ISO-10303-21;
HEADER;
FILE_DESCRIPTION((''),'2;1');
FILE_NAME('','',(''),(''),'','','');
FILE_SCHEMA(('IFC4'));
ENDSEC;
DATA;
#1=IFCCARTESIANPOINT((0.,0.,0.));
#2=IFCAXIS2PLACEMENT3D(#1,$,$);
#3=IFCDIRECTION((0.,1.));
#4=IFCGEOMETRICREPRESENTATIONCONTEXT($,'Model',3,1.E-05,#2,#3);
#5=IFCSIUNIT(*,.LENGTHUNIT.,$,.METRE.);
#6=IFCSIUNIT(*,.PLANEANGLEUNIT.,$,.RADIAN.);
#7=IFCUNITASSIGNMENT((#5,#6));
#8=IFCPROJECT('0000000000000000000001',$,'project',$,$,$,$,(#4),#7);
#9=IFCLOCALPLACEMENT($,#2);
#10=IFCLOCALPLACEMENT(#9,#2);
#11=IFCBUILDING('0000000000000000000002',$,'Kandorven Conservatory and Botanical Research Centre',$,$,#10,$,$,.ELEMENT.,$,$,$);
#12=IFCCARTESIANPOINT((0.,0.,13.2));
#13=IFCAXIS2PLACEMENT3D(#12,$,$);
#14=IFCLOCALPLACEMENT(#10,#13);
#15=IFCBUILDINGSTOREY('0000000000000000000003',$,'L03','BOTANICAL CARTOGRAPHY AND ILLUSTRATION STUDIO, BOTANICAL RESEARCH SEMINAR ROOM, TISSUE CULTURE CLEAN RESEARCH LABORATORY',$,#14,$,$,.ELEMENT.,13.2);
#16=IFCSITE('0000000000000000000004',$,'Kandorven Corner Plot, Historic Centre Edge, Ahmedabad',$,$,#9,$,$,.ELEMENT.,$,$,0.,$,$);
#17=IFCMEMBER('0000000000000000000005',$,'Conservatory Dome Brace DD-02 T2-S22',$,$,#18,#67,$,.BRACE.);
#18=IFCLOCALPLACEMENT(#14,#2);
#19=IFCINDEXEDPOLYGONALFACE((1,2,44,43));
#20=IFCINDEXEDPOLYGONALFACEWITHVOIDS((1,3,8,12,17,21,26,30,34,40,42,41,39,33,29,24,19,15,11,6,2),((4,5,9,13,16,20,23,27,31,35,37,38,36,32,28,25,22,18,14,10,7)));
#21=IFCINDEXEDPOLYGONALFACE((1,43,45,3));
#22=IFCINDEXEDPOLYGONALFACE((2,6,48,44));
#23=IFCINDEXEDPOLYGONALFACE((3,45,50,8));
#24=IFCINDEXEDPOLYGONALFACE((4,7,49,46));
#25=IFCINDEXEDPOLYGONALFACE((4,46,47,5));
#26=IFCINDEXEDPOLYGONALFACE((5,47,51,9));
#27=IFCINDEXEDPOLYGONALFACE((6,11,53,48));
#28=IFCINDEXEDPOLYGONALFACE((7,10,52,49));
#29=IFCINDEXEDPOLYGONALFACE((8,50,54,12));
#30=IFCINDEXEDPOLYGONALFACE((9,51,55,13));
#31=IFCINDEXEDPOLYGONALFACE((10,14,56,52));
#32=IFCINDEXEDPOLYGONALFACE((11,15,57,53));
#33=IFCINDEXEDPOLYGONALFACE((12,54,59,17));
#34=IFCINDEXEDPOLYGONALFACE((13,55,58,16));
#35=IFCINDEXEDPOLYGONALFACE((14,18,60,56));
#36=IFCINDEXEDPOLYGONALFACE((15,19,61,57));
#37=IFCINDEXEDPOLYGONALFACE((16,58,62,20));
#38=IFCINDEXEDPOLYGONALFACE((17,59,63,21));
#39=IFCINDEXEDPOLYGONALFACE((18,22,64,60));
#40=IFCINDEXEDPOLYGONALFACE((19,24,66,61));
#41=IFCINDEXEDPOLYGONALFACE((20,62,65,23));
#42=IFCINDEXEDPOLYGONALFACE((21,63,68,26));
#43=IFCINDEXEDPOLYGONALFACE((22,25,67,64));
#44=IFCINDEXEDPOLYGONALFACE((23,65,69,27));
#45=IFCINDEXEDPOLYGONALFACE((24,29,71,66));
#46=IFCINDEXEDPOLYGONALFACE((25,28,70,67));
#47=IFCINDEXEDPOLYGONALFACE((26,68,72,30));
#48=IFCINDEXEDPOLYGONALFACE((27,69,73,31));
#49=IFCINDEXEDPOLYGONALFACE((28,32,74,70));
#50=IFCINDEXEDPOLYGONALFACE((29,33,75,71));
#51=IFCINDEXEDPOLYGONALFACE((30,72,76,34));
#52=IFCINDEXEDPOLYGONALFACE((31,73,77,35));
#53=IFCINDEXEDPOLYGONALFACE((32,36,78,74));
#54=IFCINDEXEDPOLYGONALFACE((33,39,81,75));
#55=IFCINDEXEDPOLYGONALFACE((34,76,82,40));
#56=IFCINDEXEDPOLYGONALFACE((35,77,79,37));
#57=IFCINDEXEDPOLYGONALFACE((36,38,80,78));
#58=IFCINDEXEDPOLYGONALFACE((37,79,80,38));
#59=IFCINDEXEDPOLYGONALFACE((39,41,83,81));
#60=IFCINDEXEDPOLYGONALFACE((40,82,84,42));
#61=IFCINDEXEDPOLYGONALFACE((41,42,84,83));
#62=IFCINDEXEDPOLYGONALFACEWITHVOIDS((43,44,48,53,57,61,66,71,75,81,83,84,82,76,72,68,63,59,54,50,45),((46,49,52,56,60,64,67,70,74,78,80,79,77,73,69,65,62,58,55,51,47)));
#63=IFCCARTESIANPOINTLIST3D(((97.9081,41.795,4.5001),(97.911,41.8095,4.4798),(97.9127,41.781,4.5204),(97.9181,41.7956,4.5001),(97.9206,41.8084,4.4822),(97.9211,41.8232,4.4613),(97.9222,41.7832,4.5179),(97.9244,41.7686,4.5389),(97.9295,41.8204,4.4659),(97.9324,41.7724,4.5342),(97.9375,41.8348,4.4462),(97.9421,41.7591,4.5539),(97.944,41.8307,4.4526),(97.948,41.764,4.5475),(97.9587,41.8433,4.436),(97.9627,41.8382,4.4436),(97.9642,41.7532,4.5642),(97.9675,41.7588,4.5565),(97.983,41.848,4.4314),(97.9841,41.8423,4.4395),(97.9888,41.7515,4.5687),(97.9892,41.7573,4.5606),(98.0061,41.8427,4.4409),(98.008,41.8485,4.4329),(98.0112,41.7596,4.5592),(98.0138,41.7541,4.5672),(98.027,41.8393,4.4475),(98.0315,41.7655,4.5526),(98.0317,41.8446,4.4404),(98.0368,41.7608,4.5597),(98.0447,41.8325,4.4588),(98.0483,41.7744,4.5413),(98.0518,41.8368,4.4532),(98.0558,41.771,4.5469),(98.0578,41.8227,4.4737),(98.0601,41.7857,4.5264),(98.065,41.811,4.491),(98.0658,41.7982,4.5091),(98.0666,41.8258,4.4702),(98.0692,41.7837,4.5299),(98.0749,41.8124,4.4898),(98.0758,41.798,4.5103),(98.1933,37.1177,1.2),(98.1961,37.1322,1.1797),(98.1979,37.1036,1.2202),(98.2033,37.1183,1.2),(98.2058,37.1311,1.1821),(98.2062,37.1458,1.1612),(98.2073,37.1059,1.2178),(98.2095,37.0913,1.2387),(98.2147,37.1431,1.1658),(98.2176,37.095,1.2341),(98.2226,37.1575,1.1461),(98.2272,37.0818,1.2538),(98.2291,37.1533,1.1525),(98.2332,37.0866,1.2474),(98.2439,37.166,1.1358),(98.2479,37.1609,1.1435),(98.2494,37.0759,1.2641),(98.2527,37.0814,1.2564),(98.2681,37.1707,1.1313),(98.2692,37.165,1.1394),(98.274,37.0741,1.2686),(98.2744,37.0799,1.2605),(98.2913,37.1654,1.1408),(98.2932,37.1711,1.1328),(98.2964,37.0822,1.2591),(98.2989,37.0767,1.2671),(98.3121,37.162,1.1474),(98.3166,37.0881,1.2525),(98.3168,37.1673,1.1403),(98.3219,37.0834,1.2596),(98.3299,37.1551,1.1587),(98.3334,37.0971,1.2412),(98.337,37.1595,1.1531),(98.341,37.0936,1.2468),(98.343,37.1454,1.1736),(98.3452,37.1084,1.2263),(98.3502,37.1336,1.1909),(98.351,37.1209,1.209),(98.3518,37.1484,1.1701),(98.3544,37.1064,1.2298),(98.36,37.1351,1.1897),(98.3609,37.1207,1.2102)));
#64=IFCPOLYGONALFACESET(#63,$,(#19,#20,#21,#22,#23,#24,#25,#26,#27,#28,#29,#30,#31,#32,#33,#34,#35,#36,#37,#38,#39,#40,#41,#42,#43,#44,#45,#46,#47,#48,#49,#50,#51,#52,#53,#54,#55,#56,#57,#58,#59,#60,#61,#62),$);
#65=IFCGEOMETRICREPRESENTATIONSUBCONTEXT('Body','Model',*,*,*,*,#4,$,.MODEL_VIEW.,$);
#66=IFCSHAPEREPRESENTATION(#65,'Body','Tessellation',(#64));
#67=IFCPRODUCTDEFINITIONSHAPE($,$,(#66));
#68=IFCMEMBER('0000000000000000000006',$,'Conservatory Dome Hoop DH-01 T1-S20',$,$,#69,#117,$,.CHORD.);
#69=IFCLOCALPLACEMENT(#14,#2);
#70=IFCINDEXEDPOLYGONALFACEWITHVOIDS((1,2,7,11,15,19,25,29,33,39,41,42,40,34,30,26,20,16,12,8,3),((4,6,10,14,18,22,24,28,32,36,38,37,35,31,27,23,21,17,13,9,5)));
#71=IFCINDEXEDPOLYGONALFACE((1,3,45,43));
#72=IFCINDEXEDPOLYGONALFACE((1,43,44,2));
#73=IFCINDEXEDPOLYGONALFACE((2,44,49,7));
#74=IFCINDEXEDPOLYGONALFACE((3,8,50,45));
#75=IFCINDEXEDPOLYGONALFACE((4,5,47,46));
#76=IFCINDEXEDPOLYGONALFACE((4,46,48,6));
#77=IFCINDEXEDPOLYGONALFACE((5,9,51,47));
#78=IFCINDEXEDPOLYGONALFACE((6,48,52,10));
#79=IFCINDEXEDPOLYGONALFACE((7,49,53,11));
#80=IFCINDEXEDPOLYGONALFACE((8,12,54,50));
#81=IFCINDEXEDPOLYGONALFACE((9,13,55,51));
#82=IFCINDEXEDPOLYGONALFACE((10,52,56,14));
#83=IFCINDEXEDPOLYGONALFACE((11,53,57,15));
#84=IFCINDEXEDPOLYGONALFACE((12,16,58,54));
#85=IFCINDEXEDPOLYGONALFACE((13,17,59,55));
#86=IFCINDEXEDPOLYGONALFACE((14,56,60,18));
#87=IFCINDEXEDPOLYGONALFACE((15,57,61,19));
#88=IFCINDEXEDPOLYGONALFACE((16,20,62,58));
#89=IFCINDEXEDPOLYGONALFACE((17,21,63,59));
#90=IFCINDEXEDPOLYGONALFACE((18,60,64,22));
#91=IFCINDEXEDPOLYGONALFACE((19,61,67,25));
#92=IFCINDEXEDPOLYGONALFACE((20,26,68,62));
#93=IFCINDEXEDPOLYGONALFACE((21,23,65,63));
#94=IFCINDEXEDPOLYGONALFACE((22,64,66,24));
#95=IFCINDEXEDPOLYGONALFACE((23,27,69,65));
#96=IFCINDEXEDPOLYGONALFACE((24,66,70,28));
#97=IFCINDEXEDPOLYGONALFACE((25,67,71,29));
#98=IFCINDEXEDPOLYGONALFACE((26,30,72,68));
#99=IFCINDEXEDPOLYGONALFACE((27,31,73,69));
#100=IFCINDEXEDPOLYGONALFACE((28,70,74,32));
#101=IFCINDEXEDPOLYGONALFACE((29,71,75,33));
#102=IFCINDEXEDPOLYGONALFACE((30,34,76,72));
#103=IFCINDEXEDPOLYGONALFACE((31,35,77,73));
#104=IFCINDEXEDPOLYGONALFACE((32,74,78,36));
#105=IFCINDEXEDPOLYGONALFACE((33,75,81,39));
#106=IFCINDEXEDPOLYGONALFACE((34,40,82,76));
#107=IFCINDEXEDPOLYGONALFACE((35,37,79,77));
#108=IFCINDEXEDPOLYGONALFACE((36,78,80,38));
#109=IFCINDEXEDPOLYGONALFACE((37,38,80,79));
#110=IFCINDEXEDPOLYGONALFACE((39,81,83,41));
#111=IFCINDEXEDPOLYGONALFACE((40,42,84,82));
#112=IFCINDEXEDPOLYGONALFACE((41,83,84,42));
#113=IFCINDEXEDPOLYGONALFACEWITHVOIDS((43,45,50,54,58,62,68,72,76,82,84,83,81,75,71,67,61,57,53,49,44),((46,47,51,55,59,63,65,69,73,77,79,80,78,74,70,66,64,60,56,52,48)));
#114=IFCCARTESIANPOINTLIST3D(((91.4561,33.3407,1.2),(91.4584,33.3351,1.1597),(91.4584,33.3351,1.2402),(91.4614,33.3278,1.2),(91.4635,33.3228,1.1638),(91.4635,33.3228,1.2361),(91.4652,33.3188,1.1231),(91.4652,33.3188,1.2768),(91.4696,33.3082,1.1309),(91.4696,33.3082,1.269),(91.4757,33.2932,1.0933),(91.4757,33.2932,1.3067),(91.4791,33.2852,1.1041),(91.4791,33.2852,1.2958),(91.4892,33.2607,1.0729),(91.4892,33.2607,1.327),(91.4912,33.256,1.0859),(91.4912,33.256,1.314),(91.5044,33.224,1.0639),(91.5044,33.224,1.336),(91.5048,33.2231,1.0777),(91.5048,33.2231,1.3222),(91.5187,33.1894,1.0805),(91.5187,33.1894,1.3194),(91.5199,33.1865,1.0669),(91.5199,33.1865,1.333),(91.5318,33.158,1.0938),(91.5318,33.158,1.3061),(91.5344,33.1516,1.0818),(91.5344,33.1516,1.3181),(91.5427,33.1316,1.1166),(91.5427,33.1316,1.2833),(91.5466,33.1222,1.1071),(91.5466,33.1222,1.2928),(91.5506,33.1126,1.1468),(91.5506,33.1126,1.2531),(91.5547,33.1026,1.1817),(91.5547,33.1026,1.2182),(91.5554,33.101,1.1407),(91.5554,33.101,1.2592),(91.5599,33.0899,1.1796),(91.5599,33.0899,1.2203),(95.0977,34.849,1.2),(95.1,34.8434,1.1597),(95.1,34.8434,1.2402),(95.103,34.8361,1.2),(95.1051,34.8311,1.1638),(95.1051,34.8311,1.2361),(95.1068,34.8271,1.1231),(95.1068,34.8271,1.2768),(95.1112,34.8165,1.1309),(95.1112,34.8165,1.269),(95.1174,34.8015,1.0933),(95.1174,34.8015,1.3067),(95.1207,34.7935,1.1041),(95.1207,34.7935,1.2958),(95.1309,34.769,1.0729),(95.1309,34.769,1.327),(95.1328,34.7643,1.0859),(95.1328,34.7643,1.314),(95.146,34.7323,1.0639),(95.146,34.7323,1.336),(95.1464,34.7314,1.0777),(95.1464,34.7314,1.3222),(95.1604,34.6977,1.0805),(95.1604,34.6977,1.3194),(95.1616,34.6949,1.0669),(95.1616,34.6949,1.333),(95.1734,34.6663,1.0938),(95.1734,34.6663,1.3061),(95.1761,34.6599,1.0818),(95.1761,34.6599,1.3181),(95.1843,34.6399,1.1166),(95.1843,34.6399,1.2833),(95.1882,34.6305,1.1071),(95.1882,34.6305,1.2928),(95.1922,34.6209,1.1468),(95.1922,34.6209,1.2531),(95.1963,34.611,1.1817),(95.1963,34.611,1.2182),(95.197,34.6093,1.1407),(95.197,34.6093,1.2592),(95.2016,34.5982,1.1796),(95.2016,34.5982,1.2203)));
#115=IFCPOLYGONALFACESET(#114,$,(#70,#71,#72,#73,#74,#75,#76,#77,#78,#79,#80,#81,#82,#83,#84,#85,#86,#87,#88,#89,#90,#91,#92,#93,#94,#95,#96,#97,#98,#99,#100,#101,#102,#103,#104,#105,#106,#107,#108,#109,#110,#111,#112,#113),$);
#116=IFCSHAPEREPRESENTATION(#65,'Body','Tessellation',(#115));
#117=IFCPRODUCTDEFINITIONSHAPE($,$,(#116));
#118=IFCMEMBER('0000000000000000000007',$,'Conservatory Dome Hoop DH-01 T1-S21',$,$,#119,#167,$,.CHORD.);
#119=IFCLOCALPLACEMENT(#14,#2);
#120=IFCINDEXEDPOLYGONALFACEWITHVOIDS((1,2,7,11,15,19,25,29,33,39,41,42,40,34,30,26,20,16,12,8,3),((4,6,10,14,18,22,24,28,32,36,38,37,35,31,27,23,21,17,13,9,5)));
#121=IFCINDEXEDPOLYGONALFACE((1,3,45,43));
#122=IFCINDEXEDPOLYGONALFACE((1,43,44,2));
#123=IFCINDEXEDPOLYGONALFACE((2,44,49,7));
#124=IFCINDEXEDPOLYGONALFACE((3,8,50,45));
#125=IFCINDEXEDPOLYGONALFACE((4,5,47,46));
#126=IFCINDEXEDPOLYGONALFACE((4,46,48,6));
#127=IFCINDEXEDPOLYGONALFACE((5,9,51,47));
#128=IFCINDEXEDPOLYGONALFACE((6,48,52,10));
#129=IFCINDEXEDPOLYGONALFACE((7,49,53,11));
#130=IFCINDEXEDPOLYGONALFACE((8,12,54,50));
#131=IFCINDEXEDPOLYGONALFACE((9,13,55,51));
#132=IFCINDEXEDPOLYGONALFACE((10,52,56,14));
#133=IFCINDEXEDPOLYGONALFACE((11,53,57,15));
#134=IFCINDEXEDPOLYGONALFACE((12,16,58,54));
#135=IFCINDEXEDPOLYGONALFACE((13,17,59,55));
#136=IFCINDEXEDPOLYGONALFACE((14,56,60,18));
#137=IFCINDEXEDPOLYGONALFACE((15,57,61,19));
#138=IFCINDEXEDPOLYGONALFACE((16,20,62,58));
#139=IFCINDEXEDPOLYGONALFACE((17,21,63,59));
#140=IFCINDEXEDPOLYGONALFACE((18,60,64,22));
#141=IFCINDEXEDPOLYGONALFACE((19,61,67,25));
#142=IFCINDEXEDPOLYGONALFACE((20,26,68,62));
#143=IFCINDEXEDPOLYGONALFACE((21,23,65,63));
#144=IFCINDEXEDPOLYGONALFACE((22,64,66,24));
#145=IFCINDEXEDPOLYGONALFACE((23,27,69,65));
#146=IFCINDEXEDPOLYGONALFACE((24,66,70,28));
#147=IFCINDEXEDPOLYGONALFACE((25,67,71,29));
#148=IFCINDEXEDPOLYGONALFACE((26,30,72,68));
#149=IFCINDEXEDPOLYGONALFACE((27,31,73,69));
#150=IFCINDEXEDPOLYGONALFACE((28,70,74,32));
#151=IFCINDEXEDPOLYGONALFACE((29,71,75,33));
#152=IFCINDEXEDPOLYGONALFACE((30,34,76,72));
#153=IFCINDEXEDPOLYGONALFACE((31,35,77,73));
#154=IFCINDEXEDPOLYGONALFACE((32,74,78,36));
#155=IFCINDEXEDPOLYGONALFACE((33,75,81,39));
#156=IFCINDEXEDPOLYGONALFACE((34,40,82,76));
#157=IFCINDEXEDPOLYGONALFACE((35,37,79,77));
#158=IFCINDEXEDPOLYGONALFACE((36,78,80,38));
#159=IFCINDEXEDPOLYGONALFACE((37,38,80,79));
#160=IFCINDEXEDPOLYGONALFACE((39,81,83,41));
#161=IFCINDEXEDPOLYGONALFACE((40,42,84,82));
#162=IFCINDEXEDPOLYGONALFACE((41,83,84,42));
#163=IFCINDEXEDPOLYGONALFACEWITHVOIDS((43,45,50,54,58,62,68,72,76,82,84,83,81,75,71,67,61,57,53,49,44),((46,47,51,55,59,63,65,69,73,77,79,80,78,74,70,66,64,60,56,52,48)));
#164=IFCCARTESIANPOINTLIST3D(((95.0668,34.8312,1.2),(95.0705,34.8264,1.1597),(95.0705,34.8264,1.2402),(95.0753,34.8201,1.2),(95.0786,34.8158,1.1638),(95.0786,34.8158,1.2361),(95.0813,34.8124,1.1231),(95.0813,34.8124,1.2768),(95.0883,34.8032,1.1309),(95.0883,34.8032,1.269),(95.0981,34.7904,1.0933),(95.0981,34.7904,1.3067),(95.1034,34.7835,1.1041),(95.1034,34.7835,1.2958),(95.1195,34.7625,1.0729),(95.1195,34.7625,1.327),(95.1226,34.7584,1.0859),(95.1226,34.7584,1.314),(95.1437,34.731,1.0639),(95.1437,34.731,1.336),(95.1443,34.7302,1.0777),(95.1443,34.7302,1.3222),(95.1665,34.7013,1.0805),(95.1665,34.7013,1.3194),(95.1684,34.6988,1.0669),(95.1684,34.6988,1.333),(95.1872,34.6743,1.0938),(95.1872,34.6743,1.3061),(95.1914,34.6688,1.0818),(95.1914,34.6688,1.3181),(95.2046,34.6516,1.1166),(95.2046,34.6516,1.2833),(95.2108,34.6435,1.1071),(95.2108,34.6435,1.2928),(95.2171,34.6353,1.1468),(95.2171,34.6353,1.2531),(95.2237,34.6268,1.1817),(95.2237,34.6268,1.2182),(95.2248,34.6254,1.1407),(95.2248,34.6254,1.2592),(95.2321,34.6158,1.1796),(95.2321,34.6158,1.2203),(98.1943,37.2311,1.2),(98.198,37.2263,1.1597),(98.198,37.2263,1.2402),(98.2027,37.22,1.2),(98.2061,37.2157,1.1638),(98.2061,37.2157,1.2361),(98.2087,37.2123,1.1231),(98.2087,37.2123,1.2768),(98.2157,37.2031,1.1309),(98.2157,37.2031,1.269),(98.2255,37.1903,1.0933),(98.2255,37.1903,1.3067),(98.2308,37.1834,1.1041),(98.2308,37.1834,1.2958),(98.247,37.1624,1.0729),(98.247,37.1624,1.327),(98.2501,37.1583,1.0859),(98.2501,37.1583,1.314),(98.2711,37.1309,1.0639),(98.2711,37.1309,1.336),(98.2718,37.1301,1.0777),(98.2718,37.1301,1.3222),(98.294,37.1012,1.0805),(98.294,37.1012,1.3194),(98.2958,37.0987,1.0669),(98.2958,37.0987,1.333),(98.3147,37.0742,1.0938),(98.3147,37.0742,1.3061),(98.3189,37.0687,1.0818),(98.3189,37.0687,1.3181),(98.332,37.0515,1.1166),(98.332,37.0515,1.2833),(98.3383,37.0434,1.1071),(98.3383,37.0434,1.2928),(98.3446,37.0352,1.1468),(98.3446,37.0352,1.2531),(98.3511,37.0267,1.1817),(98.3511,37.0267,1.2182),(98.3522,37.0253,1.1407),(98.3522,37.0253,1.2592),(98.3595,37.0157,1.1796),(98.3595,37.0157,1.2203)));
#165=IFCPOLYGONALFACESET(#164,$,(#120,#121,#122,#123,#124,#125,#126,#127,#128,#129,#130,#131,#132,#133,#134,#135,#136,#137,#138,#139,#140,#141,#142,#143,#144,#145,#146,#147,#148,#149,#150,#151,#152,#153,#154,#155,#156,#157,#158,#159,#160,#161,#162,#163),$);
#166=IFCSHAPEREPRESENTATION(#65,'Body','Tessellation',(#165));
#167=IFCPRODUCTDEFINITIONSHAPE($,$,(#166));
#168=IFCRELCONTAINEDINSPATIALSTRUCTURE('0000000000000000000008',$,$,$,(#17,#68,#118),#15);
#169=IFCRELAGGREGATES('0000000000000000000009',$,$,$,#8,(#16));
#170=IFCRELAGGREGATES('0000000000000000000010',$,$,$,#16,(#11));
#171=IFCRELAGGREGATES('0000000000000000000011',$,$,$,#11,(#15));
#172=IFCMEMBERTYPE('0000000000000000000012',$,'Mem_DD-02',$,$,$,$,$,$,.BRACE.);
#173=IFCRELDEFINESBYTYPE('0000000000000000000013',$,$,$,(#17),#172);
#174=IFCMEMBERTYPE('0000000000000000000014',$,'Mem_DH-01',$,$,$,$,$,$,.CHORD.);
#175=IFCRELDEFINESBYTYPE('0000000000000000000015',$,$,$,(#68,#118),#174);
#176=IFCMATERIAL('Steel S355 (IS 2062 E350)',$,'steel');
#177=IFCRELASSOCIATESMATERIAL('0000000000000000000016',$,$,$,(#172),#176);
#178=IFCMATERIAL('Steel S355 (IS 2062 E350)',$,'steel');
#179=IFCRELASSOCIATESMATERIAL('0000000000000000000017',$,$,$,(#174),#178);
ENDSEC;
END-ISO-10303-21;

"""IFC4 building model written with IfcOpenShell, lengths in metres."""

from ifc_helpers import new_model, si_unit, direction, frame, origin, origin_2d, place, context, subcontext, project, spatial, hollow_circle, extrude, material, material_profile, profile_set, type_object, element, save


model = new_model("IFC4")

# Units and contexts
model_context = context("Model", 3, precision=1e-05, world=origin(), true_north=direction((0.0, 1.0)))
body_context = subcontext(model_context, "Body", "Model", "MODEL_VIEW")
ifc_project = project(units=[si_unit("LENGTHUNIT", "METRE"), si_unit("PLANEANGLEUNIT", "RADIAN")], contexts=[model_context])

# Site, building, storey
site_placement = place(None, origin())
site = spatial("IfcSite", under=ifc_project, at=site_placement, Name="Kandorven Corner Plot, Historic Centre Edge, Ahmedabad", CompositionType="ELEMENT", RefElevation=0.0)
building_placement = place(site_placement, origin())
building = spatial("IfcBuilding", under=site, at=building_placement, Name="Kandorven Conservatory and Botanical Research Centre", CompositionType="ELEMENT")
storey_placement = place(building_placement, frame((0.0, 0.0, 13.2)))
storey = spatial("IfcBuildingStorey", under=building, at=storey_placement, Name="L03", Description="BOTANICAL CARTOGRAPHY AND ILLUSTRATION STUDIO, BOTANICAL RESEARCH SEMINAR ROOM, TISSUE CULTURE CLEAN RESEARCH LABORATORY", CompositionType="ELEMENT", Elevation=13.2)

# Members
ifc_material_1 = material(Name="Steel S355 (IS 2062 E350)", Category="steel")
ifc_material_profile_1 = material_profile(ifc_material_1, hollow_circle(Radius=0.0842, WallThickness=0.01, at=origin_2d()))
ifc_profile_set_1 = profile_set([ifc_material_profile_1], Name="Steel S355 (IS 2062 E350)")
member_type_1 = type_object("IfcMemberType", Name="Mem_DD-02", PredefinedType="BRACE", material=ifc_profile_set_1)
for number, where, z_axis, x_axis, name in (
    (1, (98.2773, 37.1228, 1.2), (-0.049754, 0.816082, 0.57579), (-0.998147, -0.060854, 0.0), "Conservatory Dome Brace DD-02 T2-S22"),
):
    element("IfcMember", number, at=place(storey_placement, frame(where, z_axis=z_axis, x_axis=x_axis)), inside=storey, type_object=member_type_1, Name=name, PredefinedType="BRACE", context=body_context, shape_type="SweptSolid", body=[
        extrude(hollow_circle(Radius=0.0842, WallThickness=0.01, at=origin_2d()), origin(), (0.0, 0.0, 1.0), 5.7314),
    ])
ifc_material_2 = material(Name="Steel S355 (IS 2062 E350)", Category="steel")
ifc_material_profile_2 = material_profile(ifc_material_2, hollow_circle(Radius=0.1365, WallThickness=0.0139, at=origin_2d()))
ifc_profile_set_2 = profile_set([ifc_material_profile_2], Name="Steel S355 (IS 2062 E350)")
member_type_2 = type_object("IfcMemberType", Name="Mem_DH-01", PredefinedType="CHORD", material=ifc_profile_set_2)
member_1_placement = place(storey_placement, frame((91.5083, 33.2146, 1.2), z_axis=(0.923888, 0.382662, 0.0), x_axis=(-0.382662, 0.923888, 0.0)))
element("IfcMember", 2, at=member_1_placement, inside=storey, type_object=member_type_2, Name="Conservatory Dome Hoop DH-01 T1-S20", PredefinedType="CHORD", context=body_context, shape_type="SweptSolid", body=[
    extrude(hollow_circle(Radius=0.1365, WallThickness=0.0139, at=origin_2d()), origin(), (0.0, 0.0, 1.0), 3.9417),
])
member_2_placement = place(storey_placement, frame((95.1499, 34.7229, 1.2), z_axis=(0.793337, 0.608783, 0.0), x_axis=(-0.608783, 0.793337, 0.0)))
element("IfcMember", 3, at=member_2_placement, inside=storey, type_object=member_type_2, Name="Conservatory Dome Hoop DH-01 T1-S21", PredefinedType="CHORD", context=body_context, shape_type="SweptSolid", body=[
    extrude(hollow_circle(Radius=0.1365, WallThickness=0.0139, at=origin_2d()), origin(), (0.0, 0.0, 1.0), 3.9421),
])

save(model, "model.ifc")
